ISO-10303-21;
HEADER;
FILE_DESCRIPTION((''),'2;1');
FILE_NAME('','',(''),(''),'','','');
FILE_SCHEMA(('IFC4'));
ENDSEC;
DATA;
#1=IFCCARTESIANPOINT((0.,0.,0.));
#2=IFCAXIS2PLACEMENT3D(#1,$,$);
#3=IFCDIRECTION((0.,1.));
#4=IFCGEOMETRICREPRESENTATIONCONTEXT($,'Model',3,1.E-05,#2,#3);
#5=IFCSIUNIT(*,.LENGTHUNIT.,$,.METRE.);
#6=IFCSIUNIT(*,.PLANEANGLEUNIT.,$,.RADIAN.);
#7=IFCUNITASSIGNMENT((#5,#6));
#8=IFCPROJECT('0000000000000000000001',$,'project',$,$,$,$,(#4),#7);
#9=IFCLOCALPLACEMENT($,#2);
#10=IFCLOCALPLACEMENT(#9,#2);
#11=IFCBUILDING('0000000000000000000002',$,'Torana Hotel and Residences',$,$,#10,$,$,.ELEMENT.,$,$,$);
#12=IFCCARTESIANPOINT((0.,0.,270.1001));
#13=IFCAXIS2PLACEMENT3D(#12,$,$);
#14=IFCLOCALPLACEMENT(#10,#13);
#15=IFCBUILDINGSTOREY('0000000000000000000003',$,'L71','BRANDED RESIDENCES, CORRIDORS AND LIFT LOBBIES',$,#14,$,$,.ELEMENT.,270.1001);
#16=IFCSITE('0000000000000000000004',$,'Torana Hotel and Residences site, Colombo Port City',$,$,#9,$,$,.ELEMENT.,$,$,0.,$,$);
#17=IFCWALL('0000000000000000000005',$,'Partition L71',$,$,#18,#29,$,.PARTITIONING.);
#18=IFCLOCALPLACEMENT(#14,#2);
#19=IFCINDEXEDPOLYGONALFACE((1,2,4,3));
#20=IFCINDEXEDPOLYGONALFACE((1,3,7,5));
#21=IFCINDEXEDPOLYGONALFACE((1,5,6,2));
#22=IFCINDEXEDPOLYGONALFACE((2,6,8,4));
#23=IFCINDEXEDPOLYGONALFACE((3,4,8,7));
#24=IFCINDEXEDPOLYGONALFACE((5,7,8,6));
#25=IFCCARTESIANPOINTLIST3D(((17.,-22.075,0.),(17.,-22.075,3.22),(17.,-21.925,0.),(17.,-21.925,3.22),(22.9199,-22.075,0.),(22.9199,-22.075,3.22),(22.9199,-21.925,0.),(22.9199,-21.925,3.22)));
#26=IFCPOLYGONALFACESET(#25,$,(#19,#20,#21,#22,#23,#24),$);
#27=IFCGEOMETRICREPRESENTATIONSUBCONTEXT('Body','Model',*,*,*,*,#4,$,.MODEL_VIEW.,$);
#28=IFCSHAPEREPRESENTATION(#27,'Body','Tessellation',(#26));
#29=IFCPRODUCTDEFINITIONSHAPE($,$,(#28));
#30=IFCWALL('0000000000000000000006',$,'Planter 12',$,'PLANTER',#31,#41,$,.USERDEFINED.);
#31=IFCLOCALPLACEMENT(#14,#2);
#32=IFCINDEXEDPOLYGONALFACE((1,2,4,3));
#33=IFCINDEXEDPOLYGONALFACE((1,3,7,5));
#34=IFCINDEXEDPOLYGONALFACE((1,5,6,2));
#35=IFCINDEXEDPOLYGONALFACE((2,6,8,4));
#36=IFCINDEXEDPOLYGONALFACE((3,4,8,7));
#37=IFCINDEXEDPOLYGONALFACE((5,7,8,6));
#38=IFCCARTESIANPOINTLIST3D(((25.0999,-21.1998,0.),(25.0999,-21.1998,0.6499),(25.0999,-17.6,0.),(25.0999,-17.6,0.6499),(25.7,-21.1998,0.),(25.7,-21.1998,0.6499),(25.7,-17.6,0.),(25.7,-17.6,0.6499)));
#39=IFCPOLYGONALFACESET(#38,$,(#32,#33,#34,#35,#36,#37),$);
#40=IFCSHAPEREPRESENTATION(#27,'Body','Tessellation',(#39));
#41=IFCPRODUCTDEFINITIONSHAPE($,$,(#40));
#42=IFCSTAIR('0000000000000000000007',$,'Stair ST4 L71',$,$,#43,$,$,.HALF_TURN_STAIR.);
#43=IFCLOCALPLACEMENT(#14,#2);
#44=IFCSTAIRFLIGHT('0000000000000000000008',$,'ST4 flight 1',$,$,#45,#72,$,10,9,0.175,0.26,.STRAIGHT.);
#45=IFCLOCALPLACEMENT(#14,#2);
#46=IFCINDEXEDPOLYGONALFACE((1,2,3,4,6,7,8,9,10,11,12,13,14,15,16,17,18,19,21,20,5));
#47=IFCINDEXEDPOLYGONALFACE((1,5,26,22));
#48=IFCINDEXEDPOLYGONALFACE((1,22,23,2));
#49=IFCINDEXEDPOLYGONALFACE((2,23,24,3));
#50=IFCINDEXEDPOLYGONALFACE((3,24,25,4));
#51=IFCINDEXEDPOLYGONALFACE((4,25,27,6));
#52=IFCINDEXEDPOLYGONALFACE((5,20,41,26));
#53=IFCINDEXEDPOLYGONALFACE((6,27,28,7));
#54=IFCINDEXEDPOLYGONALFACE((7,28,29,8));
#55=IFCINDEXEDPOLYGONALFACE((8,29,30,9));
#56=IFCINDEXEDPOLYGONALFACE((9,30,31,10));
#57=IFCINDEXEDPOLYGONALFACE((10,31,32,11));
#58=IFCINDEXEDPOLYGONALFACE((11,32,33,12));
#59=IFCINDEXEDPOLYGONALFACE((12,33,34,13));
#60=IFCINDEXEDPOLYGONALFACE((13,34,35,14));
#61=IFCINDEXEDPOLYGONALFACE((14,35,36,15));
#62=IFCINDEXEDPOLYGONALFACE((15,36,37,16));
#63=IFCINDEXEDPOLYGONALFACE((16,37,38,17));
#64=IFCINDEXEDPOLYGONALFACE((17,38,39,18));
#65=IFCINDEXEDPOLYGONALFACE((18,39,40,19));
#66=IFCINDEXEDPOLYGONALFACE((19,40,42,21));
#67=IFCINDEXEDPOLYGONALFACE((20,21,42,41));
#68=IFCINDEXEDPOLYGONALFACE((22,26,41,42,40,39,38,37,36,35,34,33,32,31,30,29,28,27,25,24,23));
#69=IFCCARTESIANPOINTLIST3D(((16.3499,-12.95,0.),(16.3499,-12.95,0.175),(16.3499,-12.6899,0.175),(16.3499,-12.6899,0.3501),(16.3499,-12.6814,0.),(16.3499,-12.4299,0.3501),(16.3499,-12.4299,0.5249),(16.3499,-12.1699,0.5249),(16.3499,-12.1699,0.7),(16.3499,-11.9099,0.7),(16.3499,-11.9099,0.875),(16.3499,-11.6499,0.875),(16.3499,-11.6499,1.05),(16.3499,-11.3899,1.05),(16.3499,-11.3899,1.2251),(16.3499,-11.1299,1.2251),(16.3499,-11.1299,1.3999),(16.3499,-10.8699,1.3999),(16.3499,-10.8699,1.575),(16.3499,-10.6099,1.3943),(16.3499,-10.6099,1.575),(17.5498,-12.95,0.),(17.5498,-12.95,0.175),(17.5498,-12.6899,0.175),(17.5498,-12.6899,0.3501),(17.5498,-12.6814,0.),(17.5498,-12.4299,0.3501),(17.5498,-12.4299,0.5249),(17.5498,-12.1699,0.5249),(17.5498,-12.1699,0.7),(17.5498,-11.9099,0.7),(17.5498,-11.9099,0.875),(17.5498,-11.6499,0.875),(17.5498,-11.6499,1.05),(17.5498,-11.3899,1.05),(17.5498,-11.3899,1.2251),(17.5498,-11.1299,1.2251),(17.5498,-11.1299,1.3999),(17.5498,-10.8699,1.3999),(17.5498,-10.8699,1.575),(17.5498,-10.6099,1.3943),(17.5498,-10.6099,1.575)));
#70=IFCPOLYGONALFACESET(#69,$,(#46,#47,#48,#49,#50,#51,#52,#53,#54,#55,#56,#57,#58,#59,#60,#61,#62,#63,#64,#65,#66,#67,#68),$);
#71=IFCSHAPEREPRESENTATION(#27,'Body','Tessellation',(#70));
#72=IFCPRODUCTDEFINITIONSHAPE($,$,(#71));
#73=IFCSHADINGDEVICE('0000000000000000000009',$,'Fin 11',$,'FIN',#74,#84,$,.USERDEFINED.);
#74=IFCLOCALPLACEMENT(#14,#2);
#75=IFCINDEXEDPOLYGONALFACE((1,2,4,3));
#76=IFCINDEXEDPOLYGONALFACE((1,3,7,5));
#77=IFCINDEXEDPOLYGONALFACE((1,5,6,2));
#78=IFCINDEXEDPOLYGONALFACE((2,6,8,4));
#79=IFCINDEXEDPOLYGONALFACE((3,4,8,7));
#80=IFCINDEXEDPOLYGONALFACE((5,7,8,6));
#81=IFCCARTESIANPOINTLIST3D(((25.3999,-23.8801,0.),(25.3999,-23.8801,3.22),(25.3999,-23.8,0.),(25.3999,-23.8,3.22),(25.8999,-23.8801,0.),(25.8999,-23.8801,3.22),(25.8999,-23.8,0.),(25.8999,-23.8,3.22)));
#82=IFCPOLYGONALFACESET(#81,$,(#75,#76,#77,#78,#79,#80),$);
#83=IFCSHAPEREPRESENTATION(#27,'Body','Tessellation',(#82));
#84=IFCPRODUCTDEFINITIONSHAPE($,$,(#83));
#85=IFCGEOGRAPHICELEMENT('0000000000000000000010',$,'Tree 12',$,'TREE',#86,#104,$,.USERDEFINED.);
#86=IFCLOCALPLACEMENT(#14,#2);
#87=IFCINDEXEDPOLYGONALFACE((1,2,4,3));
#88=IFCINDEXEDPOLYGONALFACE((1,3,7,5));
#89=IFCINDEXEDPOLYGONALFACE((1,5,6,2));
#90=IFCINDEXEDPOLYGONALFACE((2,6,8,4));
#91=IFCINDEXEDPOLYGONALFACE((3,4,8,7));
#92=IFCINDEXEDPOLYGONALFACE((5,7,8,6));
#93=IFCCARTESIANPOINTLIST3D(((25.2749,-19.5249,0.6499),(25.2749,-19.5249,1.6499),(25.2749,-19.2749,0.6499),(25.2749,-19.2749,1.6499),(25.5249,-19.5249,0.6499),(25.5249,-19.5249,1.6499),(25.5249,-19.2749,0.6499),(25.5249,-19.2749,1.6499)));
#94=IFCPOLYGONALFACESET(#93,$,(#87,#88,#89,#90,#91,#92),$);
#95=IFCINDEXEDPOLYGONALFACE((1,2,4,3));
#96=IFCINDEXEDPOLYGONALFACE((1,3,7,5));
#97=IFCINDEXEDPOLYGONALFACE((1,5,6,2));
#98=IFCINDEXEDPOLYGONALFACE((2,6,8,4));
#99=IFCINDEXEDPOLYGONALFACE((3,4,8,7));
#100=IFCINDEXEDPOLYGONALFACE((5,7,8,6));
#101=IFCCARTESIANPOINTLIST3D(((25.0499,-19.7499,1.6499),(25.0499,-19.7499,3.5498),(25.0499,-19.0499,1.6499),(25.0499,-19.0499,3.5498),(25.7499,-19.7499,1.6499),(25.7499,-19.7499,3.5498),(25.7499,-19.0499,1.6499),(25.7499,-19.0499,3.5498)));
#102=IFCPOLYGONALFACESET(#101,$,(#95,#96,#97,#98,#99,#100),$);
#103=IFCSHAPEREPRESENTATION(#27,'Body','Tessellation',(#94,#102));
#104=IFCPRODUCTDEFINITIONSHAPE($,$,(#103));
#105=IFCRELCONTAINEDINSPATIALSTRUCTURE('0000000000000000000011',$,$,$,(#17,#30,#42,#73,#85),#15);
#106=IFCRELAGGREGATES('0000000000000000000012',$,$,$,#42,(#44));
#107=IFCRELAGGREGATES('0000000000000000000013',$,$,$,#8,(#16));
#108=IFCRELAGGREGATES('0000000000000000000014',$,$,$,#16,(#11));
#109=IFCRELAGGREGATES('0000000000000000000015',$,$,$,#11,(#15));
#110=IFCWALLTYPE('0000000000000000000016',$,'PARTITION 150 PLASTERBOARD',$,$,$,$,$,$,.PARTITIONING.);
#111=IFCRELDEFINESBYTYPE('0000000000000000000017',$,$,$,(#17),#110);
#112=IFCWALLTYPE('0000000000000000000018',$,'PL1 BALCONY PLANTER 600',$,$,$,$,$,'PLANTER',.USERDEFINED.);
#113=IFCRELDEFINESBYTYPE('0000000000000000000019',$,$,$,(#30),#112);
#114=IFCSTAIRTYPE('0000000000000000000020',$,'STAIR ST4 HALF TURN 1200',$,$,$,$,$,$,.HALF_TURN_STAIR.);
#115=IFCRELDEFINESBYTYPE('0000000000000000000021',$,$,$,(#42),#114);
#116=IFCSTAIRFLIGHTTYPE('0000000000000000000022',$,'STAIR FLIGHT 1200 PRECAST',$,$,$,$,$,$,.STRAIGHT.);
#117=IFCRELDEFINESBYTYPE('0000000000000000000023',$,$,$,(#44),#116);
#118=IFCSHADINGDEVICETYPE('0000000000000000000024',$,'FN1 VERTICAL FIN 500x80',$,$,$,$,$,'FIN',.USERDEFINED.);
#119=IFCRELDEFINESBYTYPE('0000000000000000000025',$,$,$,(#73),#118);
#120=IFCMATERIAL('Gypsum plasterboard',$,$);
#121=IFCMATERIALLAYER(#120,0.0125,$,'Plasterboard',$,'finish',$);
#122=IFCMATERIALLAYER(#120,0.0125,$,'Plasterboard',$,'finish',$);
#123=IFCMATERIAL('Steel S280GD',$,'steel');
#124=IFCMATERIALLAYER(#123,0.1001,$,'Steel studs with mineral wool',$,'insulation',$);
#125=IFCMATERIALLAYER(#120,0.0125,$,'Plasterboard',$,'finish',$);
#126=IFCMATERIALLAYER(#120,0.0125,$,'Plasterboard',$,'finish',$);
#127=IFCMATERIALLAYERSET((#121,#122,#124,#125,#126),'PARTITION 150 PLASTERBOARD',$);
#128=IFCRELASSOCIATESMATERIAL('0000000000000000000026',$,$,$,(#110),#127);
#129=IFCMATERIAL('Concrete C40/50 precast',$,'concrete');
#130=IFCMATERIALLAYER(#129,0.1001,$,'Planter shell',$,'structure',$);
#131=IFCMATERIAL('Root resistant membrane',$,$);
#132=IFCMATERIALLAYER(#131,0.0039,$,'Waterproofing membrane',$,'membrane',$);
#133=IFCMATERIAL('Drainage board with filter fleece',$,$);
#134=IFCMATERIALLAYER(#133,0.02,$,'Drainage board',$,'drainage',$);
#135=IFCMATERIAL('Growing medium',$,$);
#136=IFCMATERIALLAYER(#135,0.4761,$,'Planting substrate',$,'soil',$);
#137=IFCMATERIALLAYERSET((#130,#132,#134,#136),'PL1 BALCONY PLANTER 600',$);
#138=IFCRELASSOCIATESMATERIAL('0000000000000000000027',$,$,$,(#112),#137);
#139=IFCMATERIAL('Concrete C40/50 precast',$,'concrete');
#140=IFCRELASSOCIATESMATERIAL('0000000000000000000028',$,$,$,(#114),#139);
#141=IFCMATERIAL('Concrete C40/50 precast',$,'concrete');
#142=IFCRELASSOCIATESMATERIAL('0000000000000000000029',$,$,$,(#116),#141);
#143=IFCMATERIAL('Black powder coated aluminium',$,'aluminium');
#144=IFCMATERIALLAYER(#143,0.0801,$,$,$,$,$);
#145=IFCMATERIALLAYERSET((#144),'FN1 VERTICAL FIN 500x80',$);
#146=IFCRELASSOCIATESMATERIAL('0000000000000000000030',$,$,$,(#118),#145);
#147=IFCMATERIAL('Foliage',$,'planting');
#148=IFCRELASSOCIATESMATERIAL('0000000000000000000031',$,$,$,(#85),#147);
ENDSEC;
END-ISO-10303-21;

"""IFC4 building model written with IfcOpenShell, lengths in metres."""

from ifc_helpers import new_model, si_unit, direction, frame, frame_2d, origin, origin_2d, place, context, subcontext, project, spatial, polyline, rectangle, outline, extrude, material, layer, layer_set, type_object, element, aggregate, save


model = new_model("IFC4")

# Units and contexts
model_context = context("Model", 3, precision=1e-05, world=origin(), true_north=direction((0.0, 1.0)))
body_context = subcontext(model_context, "Body", "Model", "MODEL_VIEW")
ifc_project = project(units=[si_unit("LENGTHUNIT", "METRE"), si_unit("PLANEANGLEUNIT", "RADIAN")], contexts=[model_context])

# Site, building, storey
site_placement = place(None, origin())
site = spatial("IfcSite", under=ifc_project, at=site_placement, Name="Torana Hotel and Residences site, Colombo Port City", CompositionType="ELEMENT", RefElevation=0.0)
building_placement = place(site_placement, origin())
building = spatial("IfcBuilding", under=site, at=building_placement, Name="Torana Hotel and Residences", CompositionType="ELEMENT")
storey_placement = place(building_placement, frame((0.0, 0.0, 270.1001)))
storey = spatial("IfcBuildingStorey", under=building, at=storey_placement, Name="L71", Description="BRANDED RESIDENCES, CORRIDORS AND LIFT LOBBIES", CompositionType="ELEMENT", Elevation=270.1001)

# Walls
ifc_material_1 = material(Name="Gypsum plasterboard")
ifc_layer_1 = layer(ifc_material_1, 0.0125, Name="Plasterboard", Category="finish")
ifc_layer_2 = layer(ifc_material_1, 0.0125, Name="Plasterboard", Category="finish")
ifc_material_2 = material(Name="Steel S280GD", Category="steel")
ifc_layer_3 = layer(ifc_material_2, 0.1001, Name="Steel studs with mineral wool", Category="insulation")
ifc_layer_4 = layer(ifc_material_1, 0.0125, Name="Plasterboard", Category="finish")
ifc_layer_5 = layer(ifc_material_1, 0.0125, Name="Plasterboard", Category="finish")
ifc_layer_set_1 = layer_set([ifc_layer_1, ifc_layer_2, ifc_layer_3, ifc_layer_4, ifc_layer_5], Name="PARTITION 150 PLASTERBOARD")
wall_type_1 = type_object("IfcWallType", Name="PARTITION 150 PLASTERBOARD", PredefinedType="PARTITIONING", material=ifc_layer_set_1)
wall_1_placement = place(storey_placement, frame((17.0, -22.0, 0.0), z_axis=(0.0, 0.0, 1.0), x_axis=(1.0, 0.0, 0.0)))
element("IfcWall", 1, at=wall_1_placement, inside=storey, type_object=wall_type_1, Name="Partition L71", PredefinedType="PARTITIONING", context=body_context, shape_type="SweptSolid", body=[
    extrude(rectangle(XDim=5.9199, YDim=0.1499, at=frame_2d((2.96, 0.0))), origin(), (0.0, 0.0, 1.0), 3.22),
])
ifc_material_3 = material(Name="Concrete C40/50 precast", Category="concrete")
ifc_layer_6 = layer(ifc_material_3, 0.1001, Name="Planter shell", Category="structure")
ifc_material_4 = material(Name="Root resistant membrane")
ifc_layer_7 = layer(ifc_material_4, 0.0039, Name="Waterproofing membrane", Category="membrane")
ifc_material_5 = material(Name="Drainage board with filter fleece")
ifc_layer_8 = layer(ifc_material_5, 0.02, Name="Drainage board", Category="drainage")
ifc_material_6 = material(Name="Growing medium")
ifc_layer_9 = layer(ifc_material_6, 0.4761, Name="Planting substrate", Category="soil")
ifc_layer_set_2 = layer_set([ifc_layer_6, ifc_layer_7, ifc_layer_8, ifc_layer_9], Name="PL1 BALCONY PLANTER 600")
wall_type_2 = type_object("IfcWallType", Name="PL1 BALCONY PLANTER 600", ElementType="PLANTER", PredefinedType="USERDEFINED", material=ifc_layer_set_2)
wall_2_placement = place(storey_placement, frame((25.3999, -17.6001, 0.0), z_axis=(0.0, 0.0, 1.0), x_axis=(0.0, -1.0, 0.0)))
element("IfcWall", 2, at=wall_2_placement, inside=storey, type_object=wall_type_2, Name="Planter 12", ObjectType="PLANTER", PredefinedType="USERDEFINED", context=body_context, shape_type="SweptSolid", body=[
    extrude(rectangle(XDim=3.5999, YDim=0.6001, at=frame_2d((1.7998, 0.0))), origin(), (0.0, 0.0, 1.0), 0.6499),
])

# Stair, stair flight
ifc_material_7 = material(Name="Concrete C40/50 precast", Category="concrete")
stair_type = type_object("IfcStairType", Name="STAIR ST4 HALF TURN 1200", PredefinedType="HALF_TURN_STAIR", material=ifc_material_7)
stair_placement = place(storey_placement, origin())
stair = element("IfcStair", 3, at=stair_placement, inside=storey, type_object=stair_type, Name="Stair ST4 L71", PredefinedType="HALF_TURN_STAIR")
ifc_material_8 = material(Name="Concrete C40/50 precast", Category="concrete")
stair_flight_type = type_object("IfcStairFlightType", Name="STAIR FLIGHT 1200 PRECAST", PredefinedType="STRAIGHT", material=ifc_material_8)
stair_flight_placement = place(storey_placement, frame((16.95, -12.95, 0.0), z_axis=(0.0, 0.0, 1.0), x_axis=(0.0, 1.0, 0.0)))
stair_flight = element("IfcStairFlight", 4, at=stair_flight_placement, type_object=stair_flight_type, Name="ST4 flight 1", NumberOfRisers=10, NumberOfTreads=9, PredefinedType="STRAIGHT", RiserHeight=0.175, TreadLength=0.26, context=body_context, shape_type="SweptSolid", body=[
    extrude(outline(polyline([(0.0, 0.0), (0.0, 0.175), (0.26, 0.175), (0.26, 0.3501), (0.52, 0.3501), (0.52, 0.5249), (0.78, 0.5249), (0.78, 0.7), (1.04, 0.7), (1.04, 0.875), (1.3, 0.875), (1.3, 1.05), (1.5601, 1.05), (1.5601, 1.2251), (1.8201, 1.2251), (1.8201, 1.3999), (2.0801, 1.3999), (2.0801, 1.575), (2.3401, 1.575), (2.3401, 1.75), (2.3401, 1.3943), (0.2686, 0.0), (0.0, 0.0)])), frame((0.0, 0.6001, 0.0), z_axis=(0.0, -1.0, 0.0), x_axis=(1.0, 0.0, 0.0)), (0.0, 0.0, 1.0), 1.2),
])
aggregate(stair, [stair_flight])

# Shading device
ifc_material_9 = material(Name="Black powder coated aluminium", Category="aluminium")
ifc_layer_10 = layer(ifc_material_9, 0.0801)
ifc_layer_set_3 = layer_set([ifc_layer_10], Name="FN1 VERTICAL FIN 500x80")
shading_device_type = type_object("IfcShadingDeviceType", Name="FN1 VERTICAL FIN 500x80", ElementType="FIN", PredefinedType="USERDEFINED", material=ifc_layer_set_3)
shading_device_placement = place(storey_placement, frame((25.6499, -23.8401, 0.0), z_axis=(0.0, 0.0, 1.0), x_axis=(0.0, -1.0, 0.0)))
element("IfcShadingDevice", 5, at=shading_device_placement, inside=storey, type_object=shading_device_type, Name="Fin 11", ObjectType="FIN", PredefinedType="USERDEFINED", context=body_context, shape_type="SweptSolid", body=[
    extrude(rectangle(XDim=0.0801, YDim=0.5, at=origin_2d()), origin(), (0.0, 0.0, 1.0), 3.22),
])

# Geographic element
ifc_material_10 = material(Name="Foliage", Category="planting")
geographic_element_placement = place(storey_placement, frame((25.3999, -19.3999, 0.6499), z_axis=(0.0, 0.0, 1.0), x_axis=(1.0, 0.0, 0.0)))
element("IfcGeographicElement", 6, at=geographic_element_placement, inside=storey, material=ifc_material_10, Name="Tree 12", ObjectType="TREE", PredefinedType="USERDEFINED", context=body_context, shape_type="SweptSolid", body=[
    extrude(rectangle(XDim=0.25, YDim=0.25, at=origin_2d()), origin(), (0.0, 0.0, 1.0), 1.0),
    extrude(rectangle(XDim=0.7, YDim=0.7, at=origin_2d()), frame((0.0, 0.0, 1.0)), (0.0, 0.0, 1.0), 1.8999),
])

save(model, "model.ifc")
